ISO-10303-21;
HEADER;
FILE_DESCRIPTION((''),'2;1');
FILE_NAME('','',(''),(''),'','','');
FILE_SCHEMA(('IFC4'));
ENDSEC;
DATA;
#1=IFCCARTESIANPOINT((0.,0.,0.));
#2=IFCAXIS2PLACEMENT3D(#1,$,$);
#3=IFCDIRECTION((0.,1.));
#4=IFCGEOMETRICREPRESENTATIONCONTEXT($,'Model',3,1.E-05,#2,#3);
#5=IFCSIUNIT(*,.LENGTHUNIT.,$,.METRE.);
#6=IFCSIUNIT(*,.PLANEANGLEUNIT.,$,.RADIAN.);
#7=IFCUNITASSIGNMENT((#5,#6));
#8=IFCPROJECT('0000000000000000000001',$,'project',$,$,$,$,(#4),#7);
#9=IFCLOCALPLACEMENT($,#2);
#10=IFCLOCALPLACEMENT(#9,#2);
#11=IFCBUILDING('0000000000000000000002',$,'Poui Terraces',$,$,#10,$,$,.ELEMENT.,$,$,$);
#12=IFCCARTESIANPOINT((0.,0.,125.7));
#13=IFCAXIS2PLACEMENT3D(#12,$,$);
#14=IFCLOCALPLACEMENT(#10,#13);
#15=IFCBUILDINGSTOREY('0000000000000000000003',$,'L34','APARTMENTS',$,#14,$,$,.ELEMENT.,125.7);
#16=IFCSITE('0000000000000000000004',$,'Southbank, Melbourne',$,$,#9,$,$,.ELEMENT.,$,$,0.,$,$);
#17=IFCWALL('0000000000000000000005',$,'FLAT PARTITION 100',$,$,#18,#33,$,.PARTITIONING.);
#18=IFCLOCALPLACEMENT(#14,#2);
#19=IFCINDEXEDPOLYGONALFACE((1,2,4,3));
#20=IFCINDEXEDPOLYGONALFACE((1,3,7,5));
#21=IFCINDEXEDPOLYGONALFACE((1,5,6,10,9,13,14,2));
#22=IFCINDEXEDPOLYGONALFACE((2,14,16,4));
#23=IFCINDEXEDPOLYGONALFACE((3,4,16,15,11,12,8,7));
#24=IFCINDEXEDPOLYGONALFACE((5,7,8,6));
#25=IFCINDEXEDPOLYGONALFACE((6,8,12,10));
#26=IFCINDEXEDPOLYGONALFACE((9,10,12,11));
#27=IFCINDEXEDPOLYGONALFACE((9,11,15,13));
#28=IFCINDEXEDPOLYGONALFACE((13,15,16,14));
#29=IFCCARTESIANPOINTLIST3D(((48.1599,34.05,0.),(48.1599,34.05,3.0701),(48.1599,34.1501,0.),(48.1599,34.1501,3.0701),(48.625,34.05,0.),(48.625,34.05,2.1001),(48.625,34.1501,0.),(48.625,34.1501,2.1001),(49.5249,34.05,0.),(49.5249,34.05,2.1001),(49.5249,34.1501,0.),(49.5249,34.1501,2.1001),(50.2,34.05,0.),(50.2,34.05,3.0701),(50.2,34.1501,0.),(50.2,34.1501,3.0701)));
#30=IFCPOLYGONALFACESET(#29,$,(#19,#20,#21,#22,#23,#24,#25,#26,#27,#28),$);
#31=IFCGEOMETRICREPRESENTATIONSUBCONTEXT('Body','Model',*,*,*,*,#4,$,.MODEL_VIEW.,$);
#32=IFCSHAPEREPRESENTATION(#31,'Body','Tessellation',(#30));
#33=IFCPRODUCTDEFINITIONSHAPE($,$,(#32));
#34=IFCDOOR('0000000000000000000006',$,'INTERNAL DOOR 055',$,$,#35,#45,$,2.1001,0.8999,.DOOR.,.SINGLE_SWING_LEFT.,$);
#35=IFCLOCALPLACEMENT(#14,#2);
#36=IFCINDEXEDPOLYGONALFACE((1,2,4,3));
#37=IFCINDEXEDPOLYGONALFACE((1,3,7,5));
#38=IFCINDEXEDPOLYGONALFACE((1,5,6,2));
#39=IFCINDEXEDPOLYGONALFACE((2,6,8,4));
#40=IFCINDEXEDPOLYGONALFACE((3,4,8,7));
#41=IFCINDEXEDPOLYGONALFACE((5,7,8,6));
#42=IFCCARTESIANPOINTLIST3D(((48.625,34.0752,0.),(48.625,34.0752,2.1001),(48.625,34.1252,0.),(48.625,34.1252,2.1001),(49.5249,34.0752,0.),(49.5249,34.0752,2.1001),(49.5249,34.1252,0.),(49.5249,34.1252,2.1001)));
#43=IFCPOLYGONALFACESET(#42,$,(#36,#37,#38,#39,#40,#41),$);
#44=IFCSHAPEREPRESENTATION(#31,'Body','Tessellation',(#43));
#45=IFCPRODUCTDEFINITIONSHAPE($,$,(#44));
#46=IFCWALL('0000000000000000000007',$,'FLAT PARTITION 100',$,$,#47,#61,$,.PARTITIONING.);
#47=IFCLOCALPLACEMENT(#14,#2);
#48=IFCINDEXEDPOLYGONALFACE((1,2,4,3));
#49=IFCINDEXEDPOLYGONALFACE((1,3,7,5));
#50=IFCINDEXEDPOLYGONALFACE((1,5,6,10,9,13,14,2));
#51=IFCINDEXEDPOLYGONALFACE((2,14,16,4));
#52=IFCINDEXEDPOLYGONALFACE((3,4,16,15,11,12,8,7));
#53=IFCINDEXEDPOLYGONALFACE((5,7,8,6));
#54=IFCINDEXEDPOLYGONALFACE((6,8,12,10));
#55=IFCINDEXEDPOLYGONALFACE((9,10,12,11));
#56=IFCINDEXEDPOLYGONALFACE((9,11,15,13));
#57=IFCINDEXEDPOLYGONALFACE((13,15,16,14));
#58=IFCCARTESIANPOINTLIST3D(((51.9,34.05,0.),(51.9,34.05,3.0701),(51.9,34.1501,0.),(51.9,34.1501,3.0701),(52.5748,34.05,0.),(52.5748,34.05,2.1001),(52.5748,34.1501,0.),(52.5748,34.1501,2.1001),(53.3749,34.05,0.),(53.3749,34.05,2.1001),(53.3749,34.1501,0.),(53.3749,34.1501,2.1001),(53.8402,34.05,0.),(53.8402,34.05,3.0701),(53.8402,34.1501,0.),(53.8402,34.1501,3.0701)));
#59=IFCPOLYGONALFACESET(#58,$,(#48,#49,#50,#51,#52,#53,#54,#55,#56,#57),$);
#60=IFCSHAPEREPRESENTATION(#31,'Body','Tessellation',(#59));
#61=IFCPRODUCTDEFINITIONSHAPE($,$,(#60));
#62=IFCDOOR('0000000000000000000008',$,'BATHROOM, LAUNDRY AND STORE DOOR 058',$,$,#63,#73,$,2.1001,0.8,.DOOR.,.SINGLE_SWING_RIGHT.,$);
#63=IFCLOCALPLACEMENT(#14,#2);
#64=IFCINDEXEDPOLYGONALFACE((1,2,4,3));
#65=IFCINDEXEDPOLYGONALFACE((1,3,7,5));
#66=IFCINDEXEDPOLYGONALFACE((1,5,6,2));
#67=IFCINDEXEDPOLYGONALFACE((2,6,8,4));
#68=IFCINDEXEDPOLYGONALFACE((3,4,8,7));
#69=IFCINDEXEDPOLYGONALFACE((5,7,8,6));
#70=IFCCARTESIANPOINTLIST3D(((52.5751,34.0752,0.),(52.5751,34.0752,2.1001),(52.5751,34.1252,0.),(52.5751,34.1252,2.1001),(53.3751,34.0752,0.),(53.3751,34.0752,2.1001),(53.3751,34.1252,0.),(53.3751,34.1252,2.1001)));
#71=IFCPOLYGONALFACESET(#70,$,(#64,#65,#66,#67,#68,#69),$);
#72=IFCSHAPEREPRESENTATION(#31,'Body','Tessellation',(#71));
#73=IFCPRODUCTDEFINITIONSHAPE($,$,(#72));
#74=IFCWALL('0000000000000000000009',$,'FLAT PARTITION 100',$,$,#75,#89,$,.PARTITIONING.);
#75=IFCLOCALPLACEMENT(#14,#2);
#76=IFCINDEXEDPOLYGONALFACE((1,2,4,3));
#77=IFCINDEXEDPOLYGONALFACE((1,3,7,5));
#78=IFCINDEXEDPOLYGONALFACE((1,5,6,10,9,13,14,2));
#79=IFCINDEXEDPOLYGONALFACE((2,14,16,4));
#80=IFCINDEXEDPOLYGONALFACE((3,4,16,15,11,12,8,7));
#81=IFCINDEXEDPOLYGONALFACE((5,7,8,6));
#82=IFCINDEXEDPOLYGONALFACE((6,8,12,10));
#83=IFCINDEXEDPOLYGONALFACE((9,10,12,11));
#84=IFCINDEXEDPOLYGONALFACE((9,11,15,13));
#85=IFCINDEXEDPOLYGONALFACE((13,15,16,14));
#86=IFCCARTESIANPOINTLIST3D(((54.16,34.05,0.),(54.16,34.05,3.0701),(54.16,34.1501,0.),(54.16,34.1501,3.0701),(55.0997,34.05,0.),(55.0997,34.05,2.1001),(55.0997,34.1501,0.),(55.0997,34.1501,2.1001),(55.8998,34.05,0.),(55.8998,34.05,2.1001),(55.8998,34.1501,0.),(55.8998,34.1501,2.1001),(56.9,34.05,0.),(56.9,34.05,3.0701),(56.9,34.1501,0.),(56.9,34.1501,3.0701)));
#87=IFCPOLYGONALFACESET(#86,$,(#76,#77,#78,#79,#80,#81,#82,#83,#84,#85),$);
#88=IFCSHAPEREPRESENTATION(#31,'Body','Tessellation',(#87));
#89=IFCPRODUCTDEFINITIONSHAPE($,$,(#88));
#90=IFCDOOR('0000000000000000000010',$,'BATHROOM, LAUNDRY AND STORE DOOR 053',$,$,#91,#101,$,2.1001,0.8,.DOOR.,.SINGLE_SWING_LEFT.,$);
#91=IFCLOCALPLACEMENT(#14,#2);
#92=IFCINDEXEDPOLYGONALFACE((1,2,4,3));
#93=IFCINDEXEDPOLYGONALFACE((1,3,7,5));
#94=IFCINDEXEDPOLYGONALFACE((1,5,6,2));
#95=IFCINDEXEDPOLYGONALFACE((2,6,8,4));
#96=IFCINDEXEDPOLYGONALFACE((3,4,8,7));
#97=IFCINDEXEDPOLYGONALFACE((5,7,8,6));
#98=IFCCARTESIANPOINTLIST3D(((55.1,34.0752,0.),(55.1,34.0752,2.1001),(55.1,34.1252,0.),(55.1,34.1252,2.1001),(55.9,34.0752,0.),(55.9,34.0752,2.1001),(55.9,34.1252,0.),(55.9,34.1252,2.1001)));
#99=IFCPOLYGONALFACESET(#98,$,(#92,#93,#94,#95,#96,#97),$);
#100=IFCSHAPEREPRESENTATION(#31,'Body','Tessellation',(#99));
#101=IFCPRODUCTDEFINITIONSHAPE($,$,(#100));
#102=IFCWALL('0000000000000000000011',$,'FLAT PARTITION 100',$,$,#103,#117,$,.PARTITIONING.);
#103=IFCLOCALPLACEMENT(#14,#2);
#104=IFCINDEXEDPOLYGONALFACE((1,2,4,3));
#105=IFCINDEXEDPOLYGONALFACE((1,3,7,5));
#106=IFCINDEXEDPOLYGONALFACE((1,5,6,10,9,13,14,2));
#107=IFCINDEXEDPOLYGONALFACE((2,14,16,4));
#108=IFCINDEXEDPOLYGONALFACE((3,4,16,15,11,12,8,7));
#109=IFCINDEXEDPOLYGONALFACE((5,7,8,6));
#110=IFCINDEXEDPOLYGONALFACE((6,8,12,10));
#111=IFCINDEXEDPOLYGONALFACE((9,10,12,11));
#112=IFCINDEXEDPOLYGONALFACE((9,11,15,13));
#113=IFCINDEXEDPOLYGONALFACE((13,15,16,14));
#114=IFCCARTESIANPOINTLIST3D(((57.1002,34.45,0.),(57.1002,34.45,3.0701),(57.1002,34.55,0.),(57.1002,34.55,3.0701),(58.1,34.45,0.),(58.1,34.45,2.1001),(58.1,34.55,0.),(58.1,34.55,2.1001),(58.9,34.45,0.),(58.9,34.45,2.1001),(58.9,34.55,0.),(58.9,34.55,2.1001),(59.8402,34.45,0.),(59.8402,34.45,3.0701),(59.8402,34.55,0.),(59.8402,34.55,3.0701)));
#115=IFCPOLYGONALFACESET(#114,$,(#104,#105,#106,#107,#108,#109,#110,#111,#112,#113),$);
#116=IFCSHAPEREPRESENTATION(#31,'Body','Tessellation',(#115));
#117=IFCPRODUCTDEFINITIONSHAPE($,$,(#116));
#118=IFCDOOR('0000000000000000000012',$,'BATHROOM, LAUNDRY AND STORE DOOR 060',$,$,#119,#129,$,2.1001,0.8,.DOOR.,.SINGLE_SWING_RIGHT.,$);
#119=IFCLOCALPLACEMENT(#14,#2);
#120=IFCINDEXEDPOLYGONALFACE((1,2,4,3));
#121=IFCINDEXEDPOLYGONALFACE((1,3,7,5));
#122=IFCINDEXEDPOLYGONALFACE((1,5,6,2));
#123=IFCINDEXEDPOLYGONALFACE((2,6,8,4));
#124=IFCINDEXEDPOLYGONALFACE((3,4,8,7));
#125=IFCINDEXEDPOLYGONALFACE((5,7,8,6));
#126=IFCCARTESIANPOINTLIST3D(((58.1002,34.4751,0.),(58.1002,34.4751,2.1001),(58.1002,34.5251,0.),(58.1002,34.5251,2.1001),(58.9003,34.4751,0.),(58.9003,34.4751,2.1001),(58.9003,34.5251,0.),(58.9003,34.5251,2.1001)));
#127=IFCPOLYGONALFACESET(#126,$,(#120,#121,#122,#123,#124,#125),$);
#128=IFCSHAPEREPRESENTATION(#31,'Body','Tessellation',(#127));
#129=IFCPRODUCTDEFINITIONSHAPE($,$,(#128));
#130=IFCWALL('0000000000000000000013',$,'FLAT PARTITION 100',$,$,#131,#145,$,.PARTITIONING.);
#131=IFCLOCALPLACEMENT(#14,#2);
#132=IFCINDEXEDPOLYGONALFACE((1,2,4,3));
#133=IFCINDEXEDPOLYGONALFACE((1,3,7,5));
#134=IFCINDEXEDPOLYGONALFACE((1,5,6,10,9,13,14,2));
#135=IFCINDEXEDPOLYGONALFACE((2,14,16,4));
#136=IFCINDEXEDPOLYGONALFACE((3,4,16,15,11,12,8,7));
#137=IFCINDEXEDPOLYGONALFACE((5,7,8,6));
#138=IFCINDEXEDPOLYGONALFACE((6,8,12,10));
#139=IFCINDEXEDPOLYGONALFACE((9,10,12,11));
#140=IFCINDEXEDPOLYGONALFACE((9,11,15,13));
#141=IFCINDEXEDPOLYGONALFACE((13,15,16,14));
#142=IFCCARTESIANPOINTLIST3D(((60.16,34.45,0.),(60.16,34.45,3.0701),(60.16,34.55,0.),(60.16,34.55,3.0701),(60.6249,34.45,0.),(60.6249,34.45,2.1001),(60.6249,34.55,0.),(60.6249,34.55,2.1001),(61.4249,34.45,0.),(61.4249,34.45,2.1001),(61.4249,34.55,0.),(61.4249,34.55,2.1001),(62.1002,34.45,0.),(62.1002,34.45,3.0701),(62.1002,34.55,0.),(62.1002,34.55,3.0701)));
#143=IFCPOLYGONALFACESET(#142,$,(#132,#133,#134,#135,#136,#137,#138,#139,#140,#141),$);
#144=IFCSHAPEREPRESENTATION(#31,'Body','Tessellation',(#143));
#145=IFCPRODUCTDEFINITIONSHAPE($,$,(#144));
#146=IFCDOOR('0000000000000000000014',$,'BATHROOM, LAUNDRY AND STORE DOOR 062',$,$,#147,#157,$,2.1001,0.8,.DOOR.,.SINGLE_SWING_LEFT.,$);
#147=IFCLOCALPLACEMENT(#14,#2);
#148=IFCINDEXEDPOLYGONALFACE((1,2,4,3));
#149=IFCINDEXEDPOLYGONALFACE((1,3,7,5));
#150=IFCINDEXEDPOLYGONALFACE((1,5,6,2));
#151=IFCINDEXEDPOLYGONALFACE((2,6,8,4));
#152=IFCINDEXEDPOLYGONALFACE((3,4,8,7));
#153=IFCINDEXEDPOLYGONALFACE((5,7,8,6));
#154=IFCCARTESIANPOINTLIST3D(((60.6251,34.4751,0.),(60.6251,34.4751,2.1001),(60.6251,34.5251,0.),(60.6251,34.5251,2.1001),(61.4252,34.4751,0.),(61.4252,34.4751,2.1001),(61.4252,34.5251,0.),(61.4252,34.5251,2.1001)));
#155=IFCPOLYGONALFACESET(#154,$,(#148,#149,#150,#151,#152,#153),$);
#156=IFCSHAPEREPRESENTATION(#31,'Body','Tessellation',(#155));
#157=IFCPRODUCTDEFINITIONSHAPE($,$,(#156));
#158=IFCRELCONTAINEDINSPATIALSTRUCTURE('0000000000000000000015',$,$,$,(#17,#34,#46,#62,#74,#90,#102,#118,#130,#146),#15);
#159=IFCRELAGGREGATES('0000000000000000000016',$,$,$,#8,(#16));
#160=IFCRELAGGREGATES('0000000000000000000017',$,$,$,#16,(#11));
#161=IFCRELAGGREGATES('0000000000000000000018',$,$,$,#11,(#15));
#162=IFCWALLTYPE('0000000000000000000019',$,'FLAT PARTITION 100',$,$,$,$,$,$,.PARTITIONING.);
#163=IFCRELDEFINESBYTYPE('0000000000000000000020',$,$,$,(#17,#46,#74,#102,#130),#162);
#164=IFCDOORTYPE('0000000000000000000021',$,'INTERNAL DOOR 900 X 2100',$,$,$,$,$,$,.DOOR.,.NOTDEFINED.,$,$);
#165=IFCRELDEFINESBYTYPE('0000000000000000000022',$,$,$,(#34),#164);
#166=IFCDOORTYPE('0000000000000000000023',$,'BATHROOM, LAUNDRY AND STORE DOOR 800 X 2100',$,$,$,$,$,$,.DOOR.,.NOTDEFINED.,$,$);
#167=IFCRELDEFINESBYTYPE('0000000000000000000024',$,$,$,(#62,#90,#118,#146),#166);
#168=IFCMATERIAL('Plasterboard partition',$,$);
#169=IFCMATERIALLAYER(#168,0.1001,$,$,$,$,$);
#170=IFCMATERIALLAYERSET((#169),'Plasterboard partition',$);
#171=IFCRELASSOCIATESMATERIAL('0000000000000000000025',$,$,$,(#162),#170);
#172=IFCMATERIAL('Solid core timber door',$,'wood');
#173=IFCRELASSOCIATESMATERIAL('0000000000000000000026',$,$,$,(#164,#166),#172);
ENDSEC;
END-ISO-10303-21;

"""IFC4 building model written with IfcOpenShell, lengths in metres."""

from ifc_helpers import new_model, si_unit, direction, frame, frame_2d, origin, place, context, subcontext, project, spatial, rectangle, extrude, material, layer, layer_set, type_object, element, fill, save


model = new_model("IFC4")

# Units and contexts
model_context = context("Model", 3, precision=1e-05, world=origin(), true_north=direction((0.0, 1.0)))
body_context = subcontext(model_context, "Body", "Model", "MODEL_VIEW")
ifc_project = project(units=[si_unit("LENGTHUNIT", "METRE"), si_unit("PLANEANGLEUNIT", "RADIAN")], contexts=[model_context])

# Site, building, storey
site_placement = place(None, origin())
site = spatial("IfcSite", under=ifc_project, at=site_placement, Name="Southbank, Melbourne", CompositionType="ELEMENT", RefElevation=0.0)
building_placement = place(site_placement, origin())
building = spatial("IfcBuilding", under=site, at=building_placement, Name="Poui Terraces", CompositionType="ELEMENT")
storey_placement = place(building_placement, frame((0.0, 0.0, 125.7)))
storey = spatial("IfcBuildingStorey", under=building, at=storey_placement, Name="L34", Description="APARTMENTS", CompositionType="ELEMENT", Elevation=125.7)

# Walls, openings, doors
ifc_material_1 = material(Name="Plasterboard partition")
ifc_layer_1 = layer(ifc_material_1, 0.1001)
ifc_layer_set_1 = layer_set([ifc_layer_1], Name="Plasterboard partition")
wall_type_1 = type_object("IfcWallType", Name="FLAT PARTITION 100", PredefinedType="PARTITIONING", material=ifc_layer_set_1)
wall_1_placement = place(storey_placement, frame((48.1599, 34.1001, 0.0), z_axis=(0.0, 0.0, 1.0), x_axis=(1.0, 0.0, 0.0)))
wall_1 = element("IfcWall", 1, at=wall_1_placement, inside=storey, type_object=wall_type_1, Name="FLAT PARTITION 100", PredefinedType="PARTITIONING", context=body_context, shape_type="SweptSolid", body=[
    extrude(rectangle(XDim=2.04, YDim=0.1001, at=frame_2d((1.02, 0.0))), origin(), (0.0, 0.0, 1.0), 3.0701),
])
opening_1_placement = place(wall_1_placement, frame((0.4651, 0.0, 0.0)))
opening_1 = element("IfcOpeningElement", 2, at=opening_1_placement, cuts=wall_1, PredefinedType="OPENING", context=body_context, shape_type="SweptSolid", body=[
    extrude(rectangle(XDim=0.8999, YDim=2.1001, at=frame_2d((0.45, 1.05))), frame((0.0, 0.0601, 0.0), z_axis=(0.0, -1.0, 0.0), x_axis=(1.0, 0.0, 0.0)), (0.0, 0.0, 1.0), 0.1201),
])
ifc_material_2 = material(Name="Solid core timber door", Category="wood")
door_type_1 = type_object("IfcDoorType", Name="INTERNAL DOOR 900 X 2100", OperationType="NOTDEFINED", PredefinedType="DOOR", material=ifc_material_2)
door_1_placement = place(opening_1_placement, frame((0.8999, 0.0, 0.0), z_axis=(0.0, 0.0, 1.0), x_axis=(-1.0, 0.0, 0.0)))
door_1 = element("IfcDoor", 3, at=door_1_placement, inside=storey, type_object=door_type_1, Name="INTERNAL DOOR 055", OperationType="SINGLE_SWING_LEFT", OverallHeight=2.1001, OverallWidth=0.8999, PredefinedType="DOOR", context=body_context, shape_type="SweptSolid", body=[
    extrude(rectangle(XDim=0.8999, YDim=2.1001, at=frame_2d((0.45, 1.05))), frame((0.0, 0.0249, 0.0), z_axis=(0.0, -1.0, 0.0), x_axis=(1.0, 0.0, 0.0)), (0.0, 0.0, 1.0), 0.05),
])
fill(opening_1, door_1)
wall_2_placement = place(storey_placement, frame((51.8999, 34.1001, 0.0), z_axis=(0.0, 0.0, 1.0), x_axis=(1.0, 0.0, 0.0)))
wall_2 = element("IfcWall", 4, at=wall_2_placement, inside=storey, type_object=wall_type_1, Name="FLAT PARTITION 100", PredefinedType="PARTITIONING", context=body_context, shape_type="SweptSolid", body=[
    extrude(rectangle(XDim=1.9402, YDim=0.1001, at=frame_2d((0.9702, 0.0))), origin(), (0.0, 0.0, 1.0), 3.0701),
])
opening_2_placement = place(wall_2_placement, frame((0.675, 0.0, 0.0)))
opening_2 = element("IfcOpeningElement", 5, at=opening_2_placement, cuts=wall_2, PredefinedType="OPENING", context=body_context, shape_type="SweptSolid", body=[
    extrude(rectangle(XDim=0.8, YDim=2.1001, at=frame_2d((0.3999, 1.05))), frame((0.0, 0.0601, 0.0), z_axis=(0.0, -1.0, 0.0), x_axis=(1.0, 0.0, 0.0)), (0.0, 0.0, 1.0), 0.1201),
])
door_type_2 = type_object("IfcDoorType", Name="BATHROOM, LAUNDRY AND STORE DOOR 800 X 2100", OperationType="NOTDEFINED", PredefinedType="DOOR", material=ifc_material_2)
door_2_placement = place(opening_2_placement, frame((0.8, 0.0, 0.0), z_axis=(0.0, 0.0, 1.0), x_axis=(-1.0, 0.0, 0.0)))
door_2 = element("IfcDoor", 6, at=door_2_placement, inside=storey, type_object=door_type_2, Name="BATHROOM, LAUNDRY AND STORE DOOR 058", OperationType="SINGLE_SWING_RIGHT", OverallHeight=2.1001, OverallWidth=0.8, PredefinedType="DOOR", context=body_context, shape_type="SweptSolid", body=[
    extrude(rectangle(XDim=0.8, YDim=2.1001, at=frame_2d((0.3999, 1.05))), frame((0.0, 0.0249, 0.0), z_axis=(0.0, -1.0, 0.0), x_axis=(1.0, 0.0, 0.0)), (0.0, 0.0, 1.0), 0.05),
])
fill(opening_2, door_2)
wall_3_placement = place(storey_placement, frame((54.1599, 34.1001, 0.0), z_axis=(0.0, 0.0, 1.0), x_axis=(1.0, 0.0, 0.0)))
wall_3 = element("IfcWall", 7, at=wall_3_placement, inside=storey, type_object=wall_type_1, Name="FLAT PARTITION 100", PredefinedType="PARTITIONING", context=body_context, shape_type="SweptSolid", body=[
    extrude(rectangle(XDim=2.74, YDim=0.1001, at=frame_2d((1.3701, 0.0))), origin(), (0.0, 0.0, 1.0), 3.0701),
])
opening_3_placement = place(wall_3_placement, frame((0.9399, 0.0, 0.0)))
opening_3 = element("IfcOpeningElement", 8, at=opening_3_placement, cuts=wall_3, PredefinedType="OPENING", context=body_context, shape_type="SweptSolid", body=[
    extrude(rectangle(XDim=0.8, YDim=2.1001, at=frame_2d((0.3999, 1.05))), frame((0.0, 0.0601, 0.0), z_axis=(0.0, -1.0, 0.0), x_axis=(1.0, 0.0, 0.0)), (0.0, 0.0, 1.0), 0.1201),
])
door_3_placement = place(opening_3_placement, frame((0.8, 0.0, 0.0), z_axis=(0.0, 0.0, 1.0), x_axis=(-1.0, 0.0, 0.0)))
door_3 = element("IfcDoor", 9, at=door_3_placement, inside=storey, type_object=door_type_2, Name="BATHROOM, LAUNDRY AND STORE DOOR 053", OperationType="SINGLE_SWING_LEFT", OverallHeight=2.1001, OverallWidth=0.8, PredefinedType="DOOR", context=body_context, shape_type="SweptSolid", body=[
    extrude(rectangle(XDim=0.8, YDim=2.1001, at=frame_2d((0.3999, 1.05))), frame((0.0, 0.0249, 0.0), z_axis=(0.0, -1.0, 0.0), x_axis=(1.0, 0.0, 0.0)), (0.0, 0.0, 1.0), 0.05),
])
fill(opening_3, door_3)
wall_4_placement = place(storey_placement, frame((57.1001, 34.5, 0.0), z_axis=(0.0, 0.0, 1.0), x_axis=(1.0, 0.0, 0.0)))
wall_4 = element("IfcWall", 10, at=wall_4_placement, inside=storey, type_object=wall_type_1, Name="FLAT PARTITION 100", PredefinedType="PARTITIONING", context=body_context, shape_type="SweptSolid", body=[
    extrude(rectangle(XDim=2.74, YDim=0.1001, at=frame_2d((1.3701, 0.0))), origin(), (0.0, 0.0, 1.0), 3.0701),
])
opening_4_placement = place(wall_4_placement, frame((1.0, 0.0, 0.0)))
opening_4 = element("IfcOpeningElement", 11, at=opening_4_placement, cuts=wall_4, PredefinedType="OPENING", context=body_context, shape_type="SweptSolid", body=[
    extrude(rectangle(XDim=0.8, YDim=2.1001, at=frame_2d((0.3999, 1.05))), frame((0.0, 0.0601, 0.0), z_axis=(0.0, -1.0, 0.0), x_axis=(1.0, 0.0, 0.0)), (0.0, 0.0, 1.0), 0.1201),
])
door_4_placement = place(opening_4_placement, frame((0.8, 0.0, 0.0), z_axis=(0.0, 0.0, 1.0), x_axis=(-1.0, 0.0, 0.0)))
door_4 = element("IfcDoor", 12, at=door_4_placement, inside=storey, type_object=door_type_2, Name="BATHROOM, LAUNDRY AND STORE DOOR 060", OperationType="SINGLE_SWING_RIGHT", OverallHeight=2.1001, OverallWidth=0.8, PredefinedType="DOOR", context=body_context, shape_type="SweptSolid", body=[
    extrude(rectangle(XDim=0.8, YDim=2.1001, at=frame_2d((0.3999, 1.05))), frame((0.0, 0.0249, 0.0), z_axis=(0.0, -1.0, 0.0), x_axis=(1.0, 0.0, 0.0)), (0.0, 0.0, 1.0), 0.05),
])
fill(opening_4, door_4)
wall_5_placement = place(storey_placement, frame((60.1599, 34.5, 0.0), z_axis=(0.0, 0.0, 1.0), x_axis=(1.0, 0.0, 0.0)))
wall_5 = element("IfcWall", 13, at=wall_5_placement, inside=storey, type_object=wall_type_1, Name="FLAT PARTITION 100", PredefinedType="PARTITIONING", context=body_context, shape_type="SweptSolid", body=[
    extrude(rectangle(XDim=1.9402, YDim=0.1001, at=frame_2d((0.9702, 0.0))), origin(), (0.0, 0.0, 1.0), 3.0701),
])
opening_5_placement = place(wall_5_placement, frame((0.4651, 0.0, 0.0)))
opening_5 = element("IfcOpeningElement", 14, at=opening_5_placement, cuts=wall_5, PredefinedType="OPENING", context=body_context, shape_type="SweptSolid", body=[
    extrude(rectangle(XDim=0.8, YDim=2.1001, at=frame_2d((0.3999, 1.05))), frame((0.0, 0.0601, 0.0), z_axis=(0.0, -1.0, 0.0), x_axis=(1.0, 0.0, 0.0)), (0.0, 0.0, 1.0), 0.1201),
])
door_5_placement = place(opening_5_placement, frame((0.8, 0.0, 0.0), z_axis=(0.0, 0.0, 1.0), x_axis=(-1.0, 0.0, 0.0)))
door_5 = element("IfcDoor", 15, at=door_5_placement, inside=storey, type_object=door_type_2, Name="BATHROOM, LAUNDRY AND STORE DOOR 062", OperationType="SINGLE_SWING_LEFT", OverallHeight=2.1001, OverallWidth=0.8, PredefinedType="DOOR", context=body_context, shape_type="SweptSolid", body=[
    extrude(rectangle(XDim=0.8, YDim=2.1001, at=frame_2d((0.3999, 1.05))), frame((0.0, 0.0249, 0.0), z_axis=(0.0, -1.0, 0.0), x_axis=(1.0, 0.0, 0.0)), (0.0, 0.0, 1.0), 0.05),
])
fill(opening_5, door_5)

save(model, "model.ifc")
